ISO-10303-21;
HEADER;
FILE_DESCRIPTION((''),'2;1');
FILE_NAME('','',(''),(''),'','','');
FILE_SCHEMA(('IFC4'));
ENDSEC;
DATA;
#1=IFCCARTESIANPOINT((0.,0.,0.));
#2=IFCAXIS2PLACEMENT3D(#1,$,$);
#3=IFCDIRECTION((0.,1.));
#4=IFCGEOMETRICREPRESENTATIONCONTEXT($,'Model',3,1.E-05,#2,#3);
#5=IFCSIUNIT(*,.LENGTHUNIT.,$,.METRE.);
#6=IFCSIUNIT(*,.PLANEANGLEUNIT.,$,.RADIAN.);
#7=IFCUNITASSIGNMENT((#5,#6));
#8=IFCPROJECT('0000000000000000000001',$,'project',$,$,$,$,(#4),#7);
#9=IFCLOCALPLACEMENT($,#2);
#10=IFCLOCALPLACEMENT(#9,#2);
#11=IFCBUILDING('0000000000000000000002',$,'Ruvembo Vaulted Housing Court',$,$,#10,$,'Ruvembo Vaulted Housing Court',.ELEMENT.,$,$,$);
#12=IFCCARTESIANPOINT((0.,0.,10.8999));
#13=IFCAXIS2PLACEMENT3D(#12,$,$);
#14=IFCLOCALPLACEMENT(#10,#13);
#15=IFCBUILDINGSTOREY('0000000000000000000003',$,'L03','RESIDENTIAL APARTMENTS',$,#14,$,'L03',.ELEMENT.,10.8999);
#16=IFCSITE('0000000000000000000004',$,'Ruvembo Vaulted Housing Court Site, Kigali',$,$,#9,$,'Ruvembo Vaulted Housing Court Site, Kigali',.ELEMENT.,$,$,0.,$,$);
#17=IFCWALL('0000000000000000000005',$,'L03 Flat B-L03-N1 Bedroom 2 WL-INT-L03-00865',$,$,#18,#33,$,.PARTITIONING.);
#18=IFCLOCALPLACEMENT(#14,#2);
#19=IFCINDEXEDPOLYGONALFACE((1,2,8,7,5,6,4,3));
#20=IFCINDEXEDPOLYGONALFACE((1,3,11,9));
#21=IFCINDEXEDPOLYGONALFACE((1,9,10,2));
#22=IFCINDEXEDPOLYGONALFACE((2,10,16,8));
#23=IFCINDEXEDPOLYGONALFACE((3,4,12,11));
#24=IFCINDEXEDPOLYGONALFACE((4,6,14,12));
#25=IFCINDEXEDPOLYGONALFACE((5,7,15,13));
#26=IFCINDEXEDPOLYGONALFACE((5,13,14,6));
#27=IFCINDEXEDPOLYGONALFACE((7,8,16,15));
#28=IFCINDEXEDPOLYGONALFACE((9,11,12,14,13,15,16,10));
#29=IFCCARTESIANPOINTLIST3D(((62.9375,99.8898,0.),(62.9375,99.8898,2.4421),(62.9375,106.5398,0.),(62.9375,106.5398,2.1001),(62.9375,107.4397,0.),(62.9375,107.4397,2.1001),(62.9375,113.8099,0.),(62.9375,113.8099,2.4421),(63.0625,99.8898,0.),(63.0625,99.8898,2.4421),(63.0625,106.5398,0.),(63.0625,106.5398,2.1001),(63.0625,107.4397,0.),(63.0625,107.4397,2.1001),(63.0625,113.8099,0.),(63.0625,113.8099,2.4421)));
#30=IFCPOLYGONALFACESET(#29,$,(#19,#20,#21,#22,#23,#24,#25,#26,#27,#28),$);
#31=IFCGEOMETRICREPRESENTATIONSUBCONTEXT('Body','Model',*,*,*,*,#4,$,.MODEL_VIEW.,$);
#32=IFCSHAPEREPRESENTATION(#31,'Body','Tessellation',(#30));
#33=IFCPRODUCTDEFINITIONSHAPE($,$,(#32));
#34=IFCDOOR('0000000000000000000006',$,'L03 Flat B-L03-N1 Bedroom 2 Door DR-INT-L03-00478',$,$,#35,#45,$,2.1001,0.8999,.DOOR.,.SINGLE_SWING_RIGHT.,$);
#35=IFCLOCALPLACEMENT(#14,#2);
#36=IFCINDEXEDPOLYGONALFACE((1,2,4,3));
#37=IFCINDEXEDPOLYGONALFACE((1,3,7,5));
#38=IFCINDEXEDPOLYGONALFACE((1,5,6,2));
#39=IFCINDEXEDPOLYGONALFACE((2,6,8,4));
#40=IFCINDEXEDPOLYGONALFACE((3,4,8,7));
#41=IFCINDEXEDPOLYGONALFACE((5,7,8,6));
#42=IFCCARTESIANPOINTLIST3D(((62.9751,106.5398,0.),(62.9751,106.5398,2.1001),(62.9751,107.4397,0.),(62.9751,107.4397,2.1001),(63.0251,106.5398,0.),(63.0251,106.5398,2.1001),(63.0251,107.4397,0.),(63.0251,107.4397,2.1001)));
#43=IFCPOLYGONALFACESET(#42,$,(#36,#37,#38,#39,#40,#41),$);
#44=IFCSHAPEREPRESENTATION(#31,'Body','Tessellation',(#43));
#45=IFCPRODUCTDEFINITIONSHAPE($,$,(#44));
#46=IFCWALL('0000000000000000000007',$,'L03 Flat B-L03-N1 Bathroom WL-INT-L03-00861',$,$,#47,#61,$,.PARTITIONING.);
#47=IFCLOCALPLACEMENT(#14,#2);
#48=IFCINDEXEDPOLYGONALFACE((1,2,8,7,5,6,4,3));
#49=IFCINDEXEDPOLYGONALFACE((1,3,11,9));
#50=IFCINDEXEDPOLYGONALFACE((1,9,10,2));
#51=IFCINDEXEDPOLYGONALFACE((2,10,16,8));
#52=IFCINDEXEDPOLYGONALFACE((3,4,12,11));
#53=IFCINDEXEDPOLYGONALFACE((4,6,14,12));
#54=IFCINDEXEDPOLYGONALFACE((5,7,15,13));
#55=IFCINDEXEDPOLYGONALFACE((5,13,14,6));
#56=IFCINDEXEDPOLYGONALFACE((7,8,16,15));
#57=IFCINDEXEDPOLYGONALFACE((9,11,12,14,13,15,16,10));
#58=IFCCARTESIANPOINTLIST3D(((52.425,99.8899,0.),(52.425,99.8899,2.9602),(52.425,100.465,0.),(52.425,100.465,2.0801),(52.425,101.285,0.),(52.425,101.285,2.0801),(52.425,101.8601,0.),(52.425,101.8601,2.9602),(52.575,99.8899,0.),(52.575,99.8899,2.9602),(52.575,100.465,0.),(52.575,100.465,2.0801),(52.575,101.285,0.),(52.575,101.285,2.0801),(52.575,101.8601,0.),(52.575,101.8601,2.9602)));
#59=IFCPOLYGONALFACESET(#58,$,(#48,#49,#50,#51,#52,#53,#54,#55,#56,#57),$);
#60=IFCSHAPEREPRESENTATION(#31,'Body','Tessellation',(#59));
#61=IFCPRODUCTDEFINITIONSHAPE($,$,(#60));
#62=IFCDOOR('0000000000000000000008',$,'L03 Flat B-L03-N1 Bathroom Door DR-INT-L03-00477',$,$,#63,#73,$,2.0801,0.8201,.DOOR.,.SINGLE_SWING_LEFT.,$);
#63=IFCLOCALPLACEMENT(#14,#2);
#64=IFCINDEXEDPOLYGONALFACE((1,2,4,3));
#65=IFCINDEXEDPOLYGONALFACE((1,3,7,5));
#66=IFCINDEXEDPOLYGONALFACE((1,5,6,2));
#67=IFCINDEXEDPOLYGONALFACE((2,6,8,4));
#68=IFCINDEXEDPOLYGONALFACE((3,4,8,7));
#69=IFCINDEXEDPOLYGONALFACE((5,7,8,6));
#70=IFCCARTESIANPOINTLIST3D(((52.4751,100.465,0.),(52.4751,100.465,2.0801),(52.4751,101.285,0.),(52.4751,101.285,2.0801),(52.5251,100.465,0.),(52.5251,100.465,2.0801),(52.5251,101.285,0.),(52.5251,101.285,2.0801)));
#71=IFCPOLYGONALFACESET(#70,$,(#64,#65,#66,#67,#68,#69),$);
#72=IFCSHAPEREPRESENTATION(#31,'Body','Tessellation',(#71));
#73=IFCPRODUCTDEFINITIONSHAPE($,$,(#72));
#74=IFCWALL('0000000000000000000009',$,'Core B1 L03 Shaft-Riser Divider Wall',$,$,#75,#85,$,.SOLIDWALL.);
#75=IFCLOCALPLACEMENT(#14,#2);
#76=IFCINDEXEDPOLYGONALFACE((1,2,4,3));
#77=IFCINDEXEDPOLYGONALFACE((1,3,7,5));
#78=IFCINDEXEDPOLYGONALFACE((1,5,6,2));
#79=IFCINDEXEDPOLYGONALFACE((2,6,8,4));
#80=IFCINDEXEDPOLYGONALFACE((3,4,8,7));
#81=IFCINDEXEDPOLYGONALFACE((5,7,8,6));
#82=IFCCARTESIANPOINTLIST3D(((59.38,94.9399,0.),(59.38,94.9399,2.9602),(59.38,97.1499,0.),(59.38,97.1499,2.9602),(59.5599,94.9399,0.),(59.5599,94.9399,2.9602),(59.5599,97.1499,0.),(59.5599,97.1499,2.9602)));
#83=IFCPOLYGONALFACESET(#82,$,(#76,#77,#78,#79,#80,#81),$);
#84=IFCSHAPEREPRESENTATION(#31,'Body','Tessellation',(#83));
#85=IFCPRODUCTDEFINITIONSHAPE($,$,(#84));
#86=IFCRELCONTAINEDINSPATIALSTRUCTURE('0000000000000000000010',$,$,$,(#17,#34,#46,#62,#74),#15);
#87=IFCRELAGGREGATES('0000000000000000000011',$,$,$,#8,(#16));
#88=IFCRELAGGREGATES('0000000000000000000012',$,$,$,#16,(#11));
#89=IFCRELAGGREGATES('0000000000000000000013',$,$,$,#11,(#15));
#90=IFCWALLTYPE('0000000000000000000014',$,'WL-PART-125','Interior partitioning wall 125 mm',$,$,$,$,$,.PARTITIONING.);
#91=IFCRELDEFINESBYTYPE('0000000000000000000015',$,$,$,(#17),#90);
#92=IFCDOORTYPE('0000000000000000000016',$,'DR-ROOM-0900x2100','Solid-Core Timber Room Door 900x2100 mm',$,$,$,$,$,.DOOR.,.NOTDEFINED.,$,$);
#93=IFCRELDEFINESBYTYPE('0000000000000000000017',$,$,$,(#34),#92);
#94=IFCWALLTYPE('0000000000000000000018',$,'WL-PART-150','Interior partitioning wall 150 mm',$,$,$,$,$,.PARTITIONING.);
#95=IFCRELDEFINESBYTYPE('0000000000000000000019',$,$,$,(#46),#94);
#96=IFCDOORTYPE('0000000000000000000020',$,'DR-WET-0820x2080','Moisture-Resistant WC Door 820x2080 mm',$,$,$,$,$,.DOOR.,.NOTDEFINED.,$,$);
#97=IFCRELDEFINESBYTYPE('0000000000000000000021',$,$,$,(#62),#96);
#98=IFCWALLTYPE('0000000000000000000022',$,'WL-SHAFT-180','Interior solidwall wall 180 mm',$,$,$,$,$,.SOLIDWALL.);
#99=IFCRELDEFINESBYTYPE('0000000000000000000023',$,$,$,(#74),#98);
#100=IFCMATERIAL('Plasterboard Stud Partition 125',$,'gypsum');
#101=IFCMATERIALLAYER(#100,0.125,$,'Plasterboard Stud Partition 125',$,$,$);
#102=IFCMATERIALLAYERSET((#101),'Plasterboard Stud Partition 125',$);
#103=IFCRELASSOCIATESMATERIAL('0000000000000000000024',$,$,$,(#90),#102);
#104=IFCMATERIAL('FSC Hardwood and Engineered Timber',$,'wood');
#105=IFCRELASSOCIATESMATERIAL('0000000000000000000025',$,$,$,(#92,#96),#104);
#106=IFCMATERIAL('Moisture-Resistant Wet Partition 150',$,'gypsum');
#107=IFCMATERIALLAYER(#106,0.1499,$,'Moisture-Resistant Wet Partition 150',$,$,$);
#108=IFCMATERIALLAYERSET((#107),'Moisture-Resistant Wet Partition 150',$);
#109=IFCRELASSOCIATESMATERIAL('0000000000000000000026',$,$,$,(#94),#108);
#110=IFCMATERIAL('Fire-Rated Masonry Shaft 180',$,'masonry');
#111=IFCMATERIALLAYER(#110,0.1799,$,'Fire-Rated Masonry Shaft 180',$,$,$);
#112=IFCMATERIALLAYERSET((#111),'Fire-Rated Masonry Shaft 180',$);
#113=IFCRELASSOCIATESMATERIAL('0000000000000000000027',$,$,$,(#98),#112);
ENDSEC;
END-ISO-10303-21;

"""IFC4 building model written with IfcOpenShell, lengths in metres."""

from ifc_helpers import new_model, si_unit, direction, frame, frame_2d, origin, place, context, subcontext, project, spatial, rectangle, extrude, material, layer, layer_set, type_object, element, fill, save


model = new_model("IFC4")

# Units and contexts
model_context = context("Model", 3, precision=1e-05, world=origin(), true_north=direction((0.0, 1.0)))
body_context = subcontext(model_context, "Body", "Model", "MODEL_VIEW")
ifc_project = project(units=[si_unit("LENGTHUNIT", "METRE"), si_unit("PLANEANGLEUNIT", "RADIAN")], contexts=[model_context])

# Site, building, storey
site_placement = place(None, origin())
site = spatial("IfcSite", under=ifc_project, at=site_placement, Name="Ruvembo Vaulted Housing Court Site, Kigali", LongName="Ruvembo Vaulted Housing Court Site, Kigali", CompositionType="ELEMENT", RefElevation=0.0)
building_placement = place(site_placement, origin())
building = spatial("IfcBuilding", under=site, at=building_placement, Name="Ruvembo Vaulted Housing Court", LongName="Ruvembo Vaulted Housing Court", CompositionType="ELEMENT")
storey_placement = place(building_placement, frame((0.0, 0.0, 10.8999)))
storey = spatial("IfcBuildingStorey", under=building, at=storey_placement, Name="L03", Description="RESIDENTIAL APARTMENTS", LongName="L03", CompositionType="ELEMENT", Elevation=10.8999)

# Shared definitions
ifc_material_1 = material(Name="FSC Hardwood and Engineered Timber", Category="wood")

# Walls, openings, doors
ifc_material_2 = material(Name="Plasterboard Stud Partition 125", Category="gypsum")
ifc_layer_1 = layer(ifc_material_2, 0.125, Name="Plasterboard Stud Partition 125")
ifc_layer_set_1 = layer_set([ifc_layer_1], Name="Plasterboard Stud Partition 125")
wall_type_1 = type_object("IfcWallType", Name="WL-PART-125", Description="Interior partitioning wall 125 mm", PredefinedType="PARTITIONING", material=ifc_layer_set_1)
wall_1_placement = place(storey_placement, frame((63.0, 99.8899, 0.0), z_axis=(0.0, 0.0, 1.0), x_axis=(0.0, 1.0, 0.0)))
wall_1 = element("IfcWall", 1, at=wall_1_placement, inside=storey, type_object=wall_type_1, Name="L03 Flat B-L03-N1 Bedroom 2 WL-INT-L03-00865", PredefinedType="PARTITIONING", context=body_context, shape_type="SweptSolid", body=[
    extrude(rectangle(XDim=13.9202, YDim=0.125, at=frame_2d((6.96, 0.0))), origin(), (0.0, 0.0, 1.0), 2.4421),
])
opening_1_placement = place(wall_1_placement, frame((6.6499, 0.0, 0.0)))
opening_1 = element("IfcOpeningElement", 2, at=opening_1_placement, cuts=wall_1, PredefinedType="OPENING", context=body_context, shape_type="SweptSolid", body=[
    extrude(rectangle(XDim=0.8999, YDim=2.1001, at=frame_2d((0.45, 1.05))), frame((0.0, 0.0725, 0.0), z_axis=(0.0, -1.0, 0.0), x_axis=(1.0, 0.0, 0.0)), (0.0, 0.0, 1.0), 0.145),
])
door_type_1 = type_object("IfcDoorType", Name="DR-ROOM-0900x2100", Description="Solid-Core Timber Room Door 900x2100 mm", OperationType="NOTDEFINED", PredefinedType="DOOR", material=ifc_material_1)
door_1_placement = place(opening_1_placement, origin())
door_1 = element("IfcDoor", 3, at=door_1_placement, inside=storey, type_object=door_type_1, Name="L03 Flat B-L03-N1 Bedroom 2 Door DR-INT-L03-00478", OperationType="SINGLE_SWING_RIGHT", OverallHeight=2.1001, OverallWidth=0.8999, PredefinedType="DOOR", context=body_context, shape_type="SweptSolid", body=[
    extrude(rectangle(XDim=0.8999, YDim=2.1001, at=frame_2d((0.45, 1.05))), frame((0.0, 0.0249, 0.0), z_axis=(0.0, -1.0, 0.0), x_axis=(1.0, 0.0, 0.0)), (0.0, 0.0, 1.0), 0.05),
])
fill(opening_1, door_1)
ifc_material_3 = material(Name="Moisture-Resistant Wet Partition 150", Category="gypsum")
ifc_layer_2 = layer(ifc_material_3, 0.1499, Name="Moisture-Resistant Wet Partition 150")
ifc_layer_set_2 = layer_set([ifc_layer_2], Name="Moisture-Resistant Wet Partition 150")
wall_type_2 = type_object("IfcWallType", Name="WL-PART-150", Description="Interior partitioning wall 150 mm", PredefinedType="PARTITIONING", material=ifc_layer_set_2)
wall_2_placement = place(storey_placement, frame((52.5, 99.8899, 0.0), z_axis=(0.0, 0.0, 1.0), x_axis=(0.0, 1.0, 0.0)))
wall_2 = element("IfcWall", 4, at=wall_2_placement, inside=storey, type_object=wall_type_2, Name="L03 Flat B-L03-N1 Bathroom WL-INT-L03-00861", PredefinedType="PARTITIONING", context=body_context, shape_type="SweptSolid", body=[
    extrude(rectangle(XDim=1.9702, YDim=0.1499, at=frame_2d((0.9851, 0.0))), origin(), (0.0, 0.0, 1.0), 2.9602),
])
opening_2_placement = place(wall_2_placement, frame((0.575, 0.0, 0.0)))
opening_2 = element("IfcOpeningElement", 5, at=opening_2_placement, cuts=wall_2, PredefinedType="OPENING", context=body_context, shape_type="SweptSolid", body=[
    extrude(rectangle(XDim=0.8201, YDim=2.0801, at=frame_2d((0.4102, 1.04))), frame((0.0, 0.085, 0.0), z_axis=(0.0, -1.0, 0.0), x_axis=(1.0, 0.0, 0.0)), (0.0, 0.0, 1.0), 0.1699),
])
door_type_2 = type_object("IfcDoorType", Name="DR-WET-0820x2080", Description="Moisture-Resistant WC Door 820x2080 mm", OperationType="NOTDEFINED", PredefinedType="DOOR", material=ifc_material_1)
door_2_placement = place(opening_2_placement, origin())
door_2 = element("IfcDoor", 6, at=door_2_placement, inside=storey, type_object=door_type_2, Name="L03 Flat B-L03-N1 Bathroom Door DR-INT-L03-00477", OperationType="SINGLE_SWING_LEFT", OverallHeight=2.0801, OverallWidth=0.8201, PredefinedType="DOOR", context=body_context, shape_type="SweptSolid", body=[
    extrude(rectangle(XDim=0.8201, YDim=2.0801, at=frame_2d((0.4102, 1.04))), frame((0.0, 0.0249, 0.0), z_axis=(0.0, -1.0, 0.0), x_axis=(1.0, 0.0, 0.0)), (0.0, 0.0, 1.0), 0.05),
])
fill(opening_2, door_2)

# Shared definitions
ifc_material_4 = material(Name="Fire-Rated Masonry Shaft 180", Category="masonry")
ifc_layer_3 = layer(ifc_material_4, 0.1799, Name="Fire-Rated Masonry Shaft 180")
ifc_layer_set_3 = layer_set([ifc_layer_3], Name="Fire-Rated Masonry Shaft 180")
wall_type_3 = type_object("IfcWallType", Name="WL-SHAFT-180", Description="Interior solidwall wall 180 mm", PredefinedType="SOLIDWALL", material=ifc_layer_set_3)

# Wall
wall_3_placement = place(storey_placement, frame((59.47, 94.9399, 0.0), z_axis=(0.0, 0.0, 1.0), x_axis=(0.0, 1.0, 0.0)))
element("IfcWall", 7, at=wall_3_placement, inside=storey, type_object=wall_type_3, Name="Core B1 L03 Shaft-Riser Divider Wall", PredefinedType="SOLIDWALL", context=body_context, shape_type="SweptSolid", body=[
    extrude(rectangle(XDim=2.21, YDim=0.1799, at=frame_2d((1.105, 0.0))), origin(), (0.0, 0.0, 1.0), 2.9602),
])

save(model, "model.ifc")
